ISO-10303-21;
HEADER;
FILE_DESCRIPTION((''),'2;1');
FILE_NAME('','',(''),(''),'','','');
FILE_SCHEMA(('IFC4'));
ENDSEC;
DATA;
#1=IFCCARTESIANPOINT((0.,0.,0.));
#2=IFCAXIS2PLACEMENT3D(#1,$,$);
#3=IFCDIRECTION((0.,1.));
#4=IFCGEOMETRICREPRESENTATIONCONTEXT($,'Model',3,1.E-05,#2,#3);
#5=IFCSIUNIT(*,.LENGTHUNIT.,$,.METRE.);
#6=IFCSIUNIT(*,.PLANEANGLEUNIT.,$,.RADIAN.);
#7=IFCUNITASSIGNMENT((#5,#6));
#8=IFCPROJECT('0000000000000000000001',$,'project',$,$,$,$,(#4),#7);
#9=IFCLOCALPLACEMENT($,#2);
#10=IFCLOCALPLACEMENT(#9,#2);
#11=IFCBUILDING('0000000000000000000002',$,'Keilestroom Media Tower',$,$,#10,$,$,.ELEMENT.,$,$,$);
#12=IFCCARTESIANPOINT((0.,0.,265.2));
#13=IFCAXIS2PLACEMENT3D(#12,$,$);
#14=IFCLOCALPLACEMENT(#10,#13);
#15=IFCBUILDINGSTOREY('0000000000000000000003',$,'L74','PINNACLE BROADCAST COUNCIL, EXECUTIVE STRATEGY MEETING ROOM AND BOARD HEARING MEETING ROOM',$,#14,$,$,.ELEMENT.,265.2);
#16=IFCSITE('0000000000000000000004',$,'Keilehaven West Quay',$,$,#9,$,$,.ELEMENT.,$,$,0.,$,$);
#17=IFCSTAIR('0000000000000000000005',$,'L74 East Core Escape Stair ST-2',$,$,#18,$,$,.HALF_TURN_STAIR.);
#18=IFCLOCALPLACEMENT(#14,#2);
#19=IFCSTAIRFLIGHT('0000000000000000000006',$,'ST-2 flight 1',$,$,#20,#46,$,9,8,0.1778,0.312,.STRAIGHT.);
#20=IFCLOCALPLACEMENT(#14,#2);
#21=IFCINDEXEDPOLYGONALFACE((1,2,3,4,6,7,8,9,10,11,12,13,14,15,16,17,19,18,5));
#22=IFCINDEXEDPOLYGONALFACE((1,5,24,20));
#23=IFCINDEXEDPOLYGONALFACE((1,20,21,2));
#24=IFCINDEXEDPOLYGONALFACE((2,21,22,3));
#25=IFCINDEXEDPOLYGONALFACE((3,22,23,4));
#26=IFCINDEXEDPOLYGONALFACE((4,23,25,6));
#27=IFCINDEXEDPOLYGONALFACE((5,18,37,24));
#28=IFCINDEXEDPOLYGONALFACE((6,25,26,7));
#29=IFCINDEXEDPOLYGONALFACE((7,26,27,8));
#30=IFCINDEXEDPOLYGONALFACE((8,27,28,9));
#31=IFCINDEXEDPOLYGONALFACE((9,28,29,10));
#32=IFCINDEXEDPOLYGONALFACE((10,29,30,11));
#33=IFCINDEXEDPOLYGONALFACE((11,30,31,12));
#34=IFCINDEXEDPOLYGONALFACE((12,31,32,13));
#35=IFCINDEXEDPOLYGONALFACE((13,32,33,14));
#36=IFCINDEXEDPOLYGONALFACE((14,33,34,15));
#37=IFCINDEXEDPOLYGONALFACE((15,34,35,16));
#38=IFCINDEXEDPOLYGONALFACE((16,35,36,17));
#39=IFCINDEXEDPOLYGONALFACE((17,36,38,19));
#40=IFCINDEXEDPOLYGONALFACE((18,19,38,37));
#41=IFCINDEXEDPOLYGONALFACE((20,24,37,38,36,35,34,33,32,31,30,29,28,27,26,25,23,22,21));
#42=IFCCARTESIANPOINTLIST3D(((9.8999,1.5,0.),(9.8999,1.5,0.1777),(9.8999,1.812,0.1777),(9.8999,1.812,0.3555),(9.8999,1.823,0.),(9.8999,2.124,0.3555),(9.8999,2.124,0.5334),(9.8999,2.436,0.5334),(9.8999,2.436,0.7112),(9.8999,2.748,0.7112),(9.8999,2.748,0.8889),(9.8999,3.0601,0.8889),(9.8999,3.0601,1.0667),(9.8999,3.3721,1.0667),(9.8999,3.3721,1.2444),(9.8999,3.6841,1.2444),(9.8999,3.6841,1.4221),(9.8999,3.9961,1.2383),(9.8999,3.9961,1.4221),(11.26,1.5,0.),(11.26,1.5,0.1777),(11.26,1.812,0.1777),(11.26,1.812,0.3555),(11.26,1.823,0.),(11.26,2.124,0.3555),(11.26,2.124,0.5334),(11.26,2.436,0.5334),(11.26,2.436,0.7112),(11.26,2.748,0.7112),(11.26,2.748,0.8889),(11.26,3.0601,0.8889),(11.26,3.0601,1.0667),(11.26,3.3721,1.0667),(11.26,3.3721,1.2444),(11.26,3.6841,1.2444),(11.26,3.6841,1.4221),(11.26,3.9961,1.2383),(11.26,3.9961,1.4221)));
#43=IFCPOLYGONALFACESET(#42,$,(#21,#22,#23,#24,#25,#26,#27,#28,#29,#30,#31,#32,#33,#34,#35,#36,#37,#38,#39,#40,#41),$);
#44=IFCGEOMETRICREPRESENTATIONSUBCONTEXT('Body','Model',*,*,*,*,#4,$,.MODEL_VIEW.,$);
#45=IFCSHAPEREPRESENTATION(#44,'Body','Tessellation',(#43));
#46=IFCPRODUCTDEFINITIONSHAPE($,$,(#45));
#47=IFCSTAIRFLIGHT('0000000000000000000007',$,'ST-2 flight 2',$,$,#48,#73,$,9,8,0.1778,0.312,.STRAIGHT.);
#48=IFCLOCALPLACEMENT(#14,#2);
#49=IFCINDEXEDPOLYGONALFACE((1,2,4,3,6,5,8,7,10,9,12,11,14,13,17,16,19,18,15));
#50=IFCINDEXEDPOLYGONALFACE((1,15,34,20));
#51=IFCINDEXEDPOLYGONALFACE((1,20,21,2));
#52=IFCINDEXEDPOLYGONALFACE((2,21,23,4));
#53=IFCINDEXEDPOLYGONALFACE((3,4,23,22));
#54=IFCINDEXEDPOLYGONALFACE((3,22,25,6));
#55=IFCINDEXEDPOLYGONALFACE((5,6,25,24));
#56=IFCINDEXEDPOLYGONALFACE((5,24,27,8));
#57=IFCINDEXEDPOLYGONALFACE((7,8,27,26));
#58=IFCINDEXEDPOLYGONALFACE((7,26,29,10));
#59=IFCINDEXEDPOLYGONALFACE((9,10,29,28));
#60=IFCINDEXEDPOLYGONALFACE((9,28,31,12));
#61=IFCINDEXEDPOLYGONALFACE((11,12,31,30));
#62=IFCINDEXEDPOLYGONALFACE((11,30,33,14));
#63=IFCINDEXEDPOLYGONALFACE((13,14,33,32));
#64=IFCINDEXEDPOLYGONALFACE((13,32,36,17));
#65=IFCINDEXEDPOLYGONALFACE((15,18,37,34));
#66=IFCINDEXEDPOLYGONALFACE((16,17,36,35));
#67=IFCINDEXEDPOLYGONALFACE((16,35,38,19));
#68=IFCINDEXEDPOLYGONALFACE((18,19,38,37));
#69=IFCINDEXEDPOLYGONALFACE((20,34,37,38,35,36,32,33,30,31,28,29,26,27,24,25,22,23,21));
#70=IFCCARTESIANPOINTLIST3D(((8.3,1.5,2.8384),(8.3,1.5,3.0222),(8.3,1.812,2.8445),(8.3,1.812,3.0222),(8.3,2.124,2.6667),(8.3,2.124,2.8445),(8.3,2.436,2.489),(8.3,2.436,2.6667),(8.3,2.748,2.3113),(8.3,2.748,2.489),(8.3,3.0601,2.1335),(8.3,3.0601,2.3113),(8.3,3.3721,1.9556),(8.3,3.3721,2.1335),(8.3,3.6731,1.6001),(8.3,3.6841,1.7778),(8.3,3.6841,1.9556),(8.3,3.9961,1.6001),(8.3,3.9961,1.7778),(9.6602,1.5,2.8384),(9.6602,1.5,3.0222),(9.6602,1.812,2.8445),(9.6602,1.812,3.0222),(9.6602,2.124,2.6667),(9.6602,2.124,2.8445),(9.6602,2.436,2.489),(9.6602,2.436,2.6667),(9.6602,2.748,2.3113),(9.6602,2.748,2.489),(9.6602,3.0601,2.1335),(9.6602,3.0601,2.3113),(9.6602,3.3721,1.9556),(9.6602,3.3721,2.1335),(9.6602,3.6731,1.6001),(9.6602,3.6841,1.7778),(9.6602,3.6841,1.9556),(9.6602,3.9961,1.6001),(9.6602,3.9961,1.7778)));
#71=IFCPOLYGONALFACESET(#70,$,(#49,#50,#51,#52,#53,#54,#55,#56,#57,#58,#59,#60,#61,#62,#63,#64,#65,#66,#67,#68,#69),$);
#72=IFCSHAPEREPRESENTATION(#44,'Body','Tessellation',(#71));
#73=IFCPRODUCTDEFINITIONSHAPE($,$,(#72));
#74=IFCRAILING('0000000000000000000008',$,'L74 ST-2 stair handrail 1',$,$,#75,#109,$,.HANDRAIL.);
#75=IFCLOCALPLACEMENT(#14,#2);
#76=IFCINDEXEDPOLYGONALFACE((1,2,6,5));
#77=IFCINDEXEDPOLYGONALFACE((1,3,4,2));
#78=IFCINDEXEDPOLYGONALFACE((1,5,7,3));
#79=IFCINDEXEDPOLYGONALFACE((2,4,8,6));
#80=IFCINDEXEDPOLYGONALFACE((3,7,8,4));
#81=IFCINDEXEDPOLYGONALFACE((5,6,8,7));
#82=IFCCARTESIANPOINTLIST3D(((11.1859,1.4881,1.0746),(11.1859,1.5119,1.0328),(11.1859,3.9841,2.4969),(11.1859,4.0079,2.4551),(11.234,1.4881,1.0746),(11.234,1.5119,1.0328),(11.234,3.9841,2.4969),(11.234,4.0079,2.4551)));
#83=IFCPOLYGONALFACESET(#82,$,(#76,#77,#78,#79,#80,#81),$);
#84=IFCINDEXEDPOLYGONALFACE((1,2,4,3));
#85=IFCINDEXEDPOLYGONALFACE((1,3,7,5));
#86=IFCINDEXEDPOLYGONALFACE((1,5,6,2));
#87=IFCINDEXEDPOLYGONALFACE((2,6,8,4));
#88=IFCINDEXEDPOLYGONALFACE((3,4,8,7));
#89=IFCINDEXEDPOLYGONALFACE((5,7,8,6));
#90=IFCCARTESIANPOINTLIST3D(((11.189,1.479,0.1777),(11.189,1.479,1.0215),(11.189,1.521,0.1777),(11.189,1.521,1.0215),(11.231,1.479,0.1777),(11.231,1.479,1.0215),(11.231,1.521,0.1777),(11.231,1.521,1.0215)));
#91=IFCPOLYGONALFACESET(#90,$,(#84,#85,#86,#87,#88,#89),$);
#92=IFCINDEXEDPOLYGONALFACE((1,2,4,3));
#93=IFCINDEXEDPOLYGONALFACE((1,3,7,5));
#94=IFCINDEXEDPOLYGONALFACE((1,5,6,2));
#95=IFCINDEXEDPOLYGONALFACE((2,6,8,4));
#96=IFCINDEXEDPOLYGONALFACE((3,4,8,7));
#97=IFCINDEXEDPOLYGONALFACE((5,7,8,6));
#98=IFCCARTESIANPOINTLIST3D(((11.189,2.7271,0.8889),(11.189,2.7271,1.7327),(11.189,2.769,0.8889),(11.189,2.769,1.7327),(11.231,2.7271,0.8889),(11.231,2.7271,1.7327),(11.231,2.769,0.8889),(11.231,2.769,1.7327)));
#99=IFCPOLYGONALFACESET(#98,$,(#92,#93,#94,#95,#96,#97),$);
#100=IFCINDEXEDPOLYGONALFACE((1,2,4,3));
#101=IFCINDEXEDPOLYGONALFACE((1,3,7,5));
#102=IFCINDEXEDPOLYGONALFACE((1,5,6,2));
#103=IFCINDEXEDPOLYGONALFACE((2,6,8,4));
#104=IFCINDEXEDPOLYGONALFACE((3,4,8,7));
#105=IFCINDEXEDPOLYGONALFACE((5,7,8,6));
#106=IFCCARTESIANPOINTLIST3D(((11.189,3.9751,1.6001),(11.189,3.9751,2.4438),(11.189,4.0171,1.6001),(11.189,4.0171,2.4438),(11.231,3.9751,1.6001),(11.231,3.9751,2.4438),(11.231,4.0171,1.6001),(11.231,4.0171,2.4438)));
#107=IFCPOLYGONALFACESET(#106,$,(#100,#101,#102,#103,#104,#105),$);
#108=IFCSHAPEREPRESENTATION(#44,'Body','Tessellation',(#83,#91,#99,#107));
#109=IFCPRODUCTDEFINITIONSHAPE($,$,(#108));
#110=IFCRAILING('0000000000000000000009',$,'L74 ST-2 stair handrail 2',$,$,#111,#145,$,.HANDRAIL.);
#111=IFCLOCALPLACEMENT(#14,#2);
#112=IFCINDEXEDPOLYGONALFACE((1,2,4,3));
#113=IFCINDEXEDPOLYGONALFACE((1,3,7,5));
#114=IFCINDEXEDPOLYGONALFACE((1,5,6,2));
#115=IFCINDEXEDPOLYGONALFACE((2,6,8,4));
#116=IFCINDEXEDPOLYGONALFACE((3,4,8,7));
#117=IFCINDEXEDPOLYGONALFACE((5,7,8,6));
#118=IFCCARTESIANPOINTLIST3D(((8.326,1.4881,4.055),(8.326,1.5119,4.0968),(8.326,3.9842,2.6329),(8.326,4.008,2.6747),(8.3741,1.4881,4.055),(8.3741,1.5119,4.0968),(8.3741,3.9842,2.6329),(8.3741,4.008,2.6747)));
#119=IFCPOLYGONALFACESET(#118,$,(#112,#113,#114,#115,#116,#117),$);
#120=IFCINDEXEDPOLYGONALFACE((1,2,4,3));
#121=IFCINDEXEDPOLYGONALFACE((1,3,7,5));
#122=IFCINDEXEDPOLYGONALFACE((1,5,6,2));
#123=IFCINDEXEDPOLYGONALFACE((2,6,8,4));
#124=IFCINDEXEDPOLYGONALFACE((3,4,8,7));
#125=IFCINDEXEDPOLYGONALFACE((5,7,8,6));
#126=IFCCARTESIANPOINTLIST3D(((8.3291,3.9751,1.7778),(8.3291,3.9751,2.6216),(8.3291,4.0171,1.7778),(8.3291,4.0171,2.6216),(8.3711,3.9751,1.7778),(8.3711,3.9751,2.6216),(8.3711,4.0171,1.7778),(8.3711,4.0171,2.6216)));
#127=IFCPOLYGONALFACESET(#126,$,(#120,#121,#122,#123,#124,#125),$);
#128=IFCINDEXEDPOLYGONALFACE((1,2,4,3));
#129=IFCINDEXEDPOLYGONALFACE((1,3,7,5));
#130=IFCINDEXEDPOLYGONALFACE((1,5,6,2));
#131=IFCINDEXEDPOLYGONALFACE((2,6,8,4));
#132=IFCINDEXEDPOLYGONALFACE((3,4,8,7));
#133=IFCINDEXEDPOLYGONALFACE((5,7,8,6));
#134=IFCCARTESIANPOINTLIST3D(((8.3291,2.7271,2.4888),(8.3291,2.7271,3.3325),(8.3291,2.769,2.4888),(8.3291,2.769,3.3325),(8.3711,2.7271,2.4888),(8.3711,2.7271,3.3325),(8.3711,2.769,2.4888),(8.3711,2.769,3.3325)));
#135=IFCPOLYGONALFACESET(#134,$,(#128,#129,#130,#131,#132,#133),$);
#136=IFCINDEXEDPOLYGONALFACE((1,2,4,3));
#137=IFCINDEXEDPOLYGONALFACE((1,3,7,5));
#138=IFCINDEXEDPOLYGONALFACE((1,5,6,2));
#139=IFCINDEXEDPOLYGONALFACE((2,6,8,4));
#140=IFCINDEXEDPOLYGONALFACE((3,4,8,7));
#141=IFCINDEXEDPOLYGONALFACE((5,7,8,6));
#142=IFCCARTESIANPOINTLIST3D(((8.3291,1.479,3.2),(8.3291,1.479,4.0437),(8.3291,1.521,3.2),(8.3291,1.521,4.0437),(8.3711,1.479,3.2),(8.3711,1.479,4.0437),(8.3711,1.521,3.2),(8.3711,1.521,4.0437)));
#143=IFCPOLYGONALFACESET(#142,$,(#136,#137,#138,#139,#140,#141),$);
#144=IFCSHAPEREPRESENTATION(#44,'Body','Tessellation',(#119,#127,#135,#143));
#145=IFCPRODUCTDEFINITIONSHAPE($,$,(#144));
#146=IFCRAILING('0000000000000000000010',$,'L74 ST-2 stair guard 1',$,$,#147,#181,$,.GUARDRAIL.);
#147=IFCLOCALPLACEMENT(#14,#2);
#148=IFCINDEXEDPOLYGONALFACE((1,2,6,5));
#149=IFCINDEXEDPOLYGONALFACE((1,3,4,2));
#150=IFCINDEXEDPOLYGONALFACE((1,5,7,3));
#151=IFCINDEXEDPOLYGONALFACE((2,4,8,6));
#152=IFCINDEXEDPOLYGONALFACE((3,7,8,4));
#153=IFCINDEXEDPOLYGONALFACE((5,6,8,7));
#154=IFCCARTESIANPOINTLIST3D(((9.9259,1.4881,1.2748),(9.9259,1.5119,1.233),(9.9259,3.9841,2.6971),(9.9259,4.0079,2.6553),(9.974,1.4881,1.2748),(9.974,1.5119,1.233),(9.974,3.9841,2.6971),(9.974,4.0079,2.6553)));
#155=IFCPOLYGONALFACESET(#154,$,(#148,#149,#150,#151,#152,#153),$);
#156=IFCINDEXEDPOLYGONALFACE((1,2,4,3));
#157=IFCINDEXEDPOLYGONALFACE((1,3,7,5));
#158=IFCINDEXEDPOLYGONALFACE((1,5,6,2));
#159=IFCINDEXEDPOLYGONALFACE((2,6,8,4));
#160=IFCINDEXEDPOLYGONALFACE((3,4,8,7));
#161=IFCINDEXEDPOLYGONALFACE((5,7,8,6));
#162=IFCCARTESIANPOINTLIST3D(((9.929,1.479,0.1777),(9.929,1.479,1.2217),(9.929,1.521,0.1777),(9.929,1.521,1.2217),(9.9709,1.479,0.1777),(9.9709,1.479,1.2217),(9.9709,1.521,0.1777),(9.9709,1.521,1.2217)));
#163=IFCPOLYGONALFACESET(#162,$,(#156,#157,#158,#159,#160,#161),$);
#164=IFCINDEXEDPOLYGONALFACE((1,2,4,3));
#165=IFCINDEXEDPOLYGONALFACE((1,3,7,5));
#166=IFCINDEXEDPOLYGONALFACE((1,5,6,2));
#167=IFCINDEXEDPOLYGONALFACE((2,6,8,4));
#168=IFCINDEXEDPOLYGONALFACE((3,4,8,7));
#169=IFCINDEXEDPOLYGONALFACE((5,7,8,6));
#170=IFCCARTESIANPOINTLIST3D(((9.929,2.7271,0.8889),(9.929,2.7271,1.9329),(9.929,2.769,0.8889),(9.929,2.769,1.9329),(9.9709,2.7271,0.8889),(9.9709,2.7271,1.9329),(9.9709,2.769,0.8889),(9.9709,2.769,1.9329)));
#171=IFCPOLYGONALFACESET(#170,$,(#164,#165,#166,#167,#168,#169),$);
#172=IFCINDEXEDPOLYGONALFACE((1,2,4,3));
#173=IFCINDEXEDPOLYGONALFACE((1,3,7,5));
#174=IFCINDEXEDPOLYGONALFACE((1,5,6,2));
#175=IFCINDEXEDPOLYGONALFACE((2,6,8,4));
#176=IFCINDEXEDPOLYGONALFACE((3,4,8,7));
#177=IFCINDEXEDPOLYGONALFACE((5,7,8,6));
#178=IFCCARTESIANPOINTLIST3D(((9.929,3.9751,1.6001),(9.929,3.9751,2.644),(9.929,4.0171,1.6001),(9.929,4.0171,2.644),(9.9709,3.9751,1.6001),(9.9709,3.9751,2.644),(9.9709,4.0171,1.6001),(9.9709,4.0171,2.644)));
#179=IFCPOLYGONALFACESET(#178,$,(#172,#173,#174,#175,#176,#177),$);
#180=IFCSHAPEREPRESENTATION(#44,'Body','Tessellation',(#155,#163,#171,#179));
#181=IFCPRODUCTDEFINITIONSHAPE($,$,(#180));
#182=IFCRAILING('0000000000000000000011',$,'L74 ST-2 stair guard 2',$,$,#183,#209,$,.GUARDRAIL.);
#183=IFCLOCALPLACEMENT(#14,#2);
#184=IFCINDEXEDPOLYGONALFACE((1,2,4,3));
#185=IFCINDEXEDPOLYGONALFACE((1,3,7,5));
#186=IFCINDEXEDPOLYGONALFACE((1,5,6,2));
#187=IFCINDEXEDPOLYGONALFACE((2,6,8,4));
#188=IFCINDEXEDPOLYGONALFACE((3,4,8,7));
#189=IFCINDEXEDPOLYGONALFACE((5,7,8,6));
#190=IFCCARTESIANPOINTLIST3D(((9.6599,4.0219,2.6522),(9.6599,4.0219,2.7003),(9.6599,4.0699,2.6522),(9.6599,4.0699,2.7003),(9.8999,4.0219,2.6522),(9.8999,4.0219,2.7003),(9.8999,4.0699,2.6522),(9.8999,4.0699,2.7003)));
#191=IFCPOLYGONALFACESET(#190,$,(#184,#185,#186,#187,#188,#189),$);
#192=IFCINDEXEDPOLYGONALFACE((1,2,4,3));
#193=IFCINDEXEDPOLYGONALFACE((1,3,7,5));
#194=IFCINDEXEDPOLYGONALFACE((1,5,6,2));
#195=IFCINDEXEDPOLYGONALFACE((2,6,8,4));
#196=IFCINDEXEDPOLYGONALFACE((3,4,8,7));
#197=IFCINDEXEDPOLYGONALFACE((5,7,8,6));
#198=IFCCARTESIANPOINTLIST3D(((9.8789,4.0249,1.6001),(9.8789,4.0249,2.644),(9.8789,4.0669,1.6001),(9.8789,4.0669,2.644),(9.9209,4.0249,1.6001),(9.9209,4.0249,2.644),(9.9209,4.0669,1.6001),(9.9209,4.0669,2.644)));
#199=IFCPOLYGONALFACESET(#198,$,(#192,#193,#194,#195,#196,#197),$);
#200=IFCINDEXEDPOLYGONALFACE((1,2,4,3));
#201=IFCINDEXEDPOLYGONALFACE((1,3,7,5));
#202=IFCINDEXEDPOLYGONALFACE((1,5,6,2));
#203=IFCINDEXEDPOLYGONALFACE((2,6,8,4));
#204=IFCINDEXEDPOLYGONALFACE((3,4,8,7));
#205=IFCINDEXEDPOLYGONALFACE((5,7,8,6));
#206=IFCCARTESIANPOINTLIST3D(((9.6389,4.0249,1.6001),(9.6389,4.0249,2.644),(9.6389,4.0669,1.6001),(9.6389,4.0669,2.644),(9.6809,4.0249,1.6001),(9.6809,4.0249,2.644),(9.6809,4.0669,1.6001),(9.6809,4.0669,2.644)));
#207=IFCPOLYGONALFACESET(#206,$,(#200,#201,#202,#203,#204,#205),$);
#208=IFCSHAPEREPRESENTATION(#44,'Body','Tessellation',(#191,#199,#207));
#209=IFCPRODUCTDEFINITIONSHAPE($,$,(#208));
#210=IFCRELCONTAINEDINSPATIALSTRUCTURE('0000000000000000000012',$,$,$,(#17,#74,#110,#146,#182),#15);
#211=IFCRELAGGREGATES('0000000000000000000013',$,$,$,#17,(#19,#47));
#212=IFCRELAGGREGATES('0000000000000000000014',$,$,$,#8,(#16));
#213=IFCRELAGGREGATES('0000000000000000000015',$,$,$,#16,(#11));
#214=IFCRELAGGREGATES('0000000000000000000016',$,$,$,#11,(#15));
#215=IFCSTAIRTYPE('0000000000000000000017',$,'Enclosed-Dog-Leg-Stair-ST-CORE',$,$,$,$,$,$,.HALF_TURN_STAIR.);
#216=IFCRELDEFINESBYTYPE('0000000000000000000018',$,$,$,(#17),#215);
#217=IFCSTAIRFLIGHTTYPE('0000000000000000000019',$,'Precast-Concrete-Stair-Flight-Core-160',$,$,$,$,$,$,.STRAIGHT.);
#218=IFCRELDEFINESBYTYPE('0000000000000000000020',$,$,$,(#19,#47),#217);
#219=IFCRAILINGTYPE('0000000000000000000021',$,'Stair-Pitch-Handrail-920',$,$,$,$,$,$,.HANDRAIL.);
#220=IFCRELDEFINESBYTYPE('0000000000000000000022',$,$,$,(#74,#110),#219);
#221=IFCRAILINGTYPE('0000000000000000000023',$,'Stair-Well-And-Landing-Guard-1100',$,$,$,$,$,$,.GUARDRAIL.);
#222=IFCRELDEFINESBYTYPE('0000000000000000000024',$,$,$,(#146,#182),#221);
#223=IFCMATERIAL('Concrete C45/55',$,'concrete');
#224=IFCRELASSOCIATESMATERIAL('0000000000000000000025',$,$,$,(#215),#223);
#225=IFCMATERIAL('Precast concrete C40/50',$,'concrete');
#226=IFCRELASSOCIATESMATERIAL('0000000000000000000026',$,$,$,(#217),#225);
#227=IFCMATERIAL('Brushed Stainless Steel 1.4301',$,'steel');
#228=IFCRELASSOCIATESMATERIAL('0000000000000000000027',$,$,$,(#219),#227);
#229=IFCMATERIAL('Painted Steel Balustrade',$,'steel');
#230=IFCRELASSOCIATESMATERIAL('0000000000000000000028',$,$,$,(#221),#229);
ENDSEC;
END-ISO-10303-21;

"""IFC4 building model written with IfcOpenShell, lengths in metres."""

from ifc_helpers import new_model, si_unit, direction, frame, origin, origin_2d, place, context, subcontext, project, spatial, polyline, rectangle, outline, extrude, material, type_object, element, aggregate, save


model = new_model("IFC4")

# Units and contexts
model_context = context("Model", 3, precision=1e-05, world=origin(), true_north=direction((0.0, 1.0)))
body_context = subcontext(model_context, "Body", "Model", "MODEL_VIEW")
ifc_project = project(units=[si_unit("LENGTHUNIT", "METRE"), si_unit("PLANEANGLEUNIT", "RADIAN")], contexts=[model_context])

# Site, building, storey
site_placement = place(None, origin())
site = spatial("IfcSite", under=ifc_project, at=site_placement, Name="Keilehaven West Quay", CompositionType="ELEMENT", RefElevation=0.0)
building_placement = place(site_placement, origin())
building = spatial("IfcBuilding", under=site, at=building_placement, Name="Keilestroom Media Tower", CompositionType="ELEMENT")
storey_placement = place(building_placement, frame((0.0, 0.0, 265.2)))
storey = spatial("IfcBuildingStorey", under=building, at=storey_placement, Name="L74", Description="PINNACLE BROADCAST COUNCIL, EXECUTIVE STRATEGY MEETING ROOM AND BOARD HEARING MEETING ROOM", CompositionType="ELEMENT", Elevation=265.2)

# Shared definitions
ifc_material_1 = material(Name="Precast concrete C40/50", Category="concrete")

# Stair
ifc_material_2 = material(Name="Concrete C45/55", Category="concrete")
stair_type = type_object("IfcStairType", Name="Enclosed-Dog-Leg-Stair-ST-CORE", PredefinedType="HALF_TURN_STAIR", material=ifc_material_2)
stair_1_placement = place(storey_placement, origin())
stair_1 = element("IfcStair", 1, at=stair_1_placement, inside=storey, type_object=stair_type, Name="L74 East Core Escape Stair ST-2", PredefinedType="HALF_TURN_STAIR")

# Stair flights
stair_flight_type = type_object("IfcStairFlightType", Name="Precast-Concrete-Stair-Flight-Core-160", PredefinedType="STRAIGHT", material=ifc_material_1)
stair_flight_1_placement = place(storey_placement, frame((10.5801, 1.5, 0.0), z_axis=(0.0, 0.0, 1.0), x_axis=(0.0, 1.0, 0.0)))
stair_flight_1 = element("IfcStairFlight", 2, at=stair_flight_1_placement, type_object=stair_flight_type, Name="ST-2 flight 1", NumberOfRisers=9, NumberOfTreads=8, PredefinedType="STRAIGHT", RiserHeight=0.1778, TreadLength=0.312, context=body_context, shape_type="SweptSolid", body=[
    extrude(outline(polyline([(0.0, 0.0), (0.0, 0.1777), (0.312, 0.1777), (0.312, 0.3555), (0.624, 0.3555), (0.624, 0.5334), (0.936, 0.5334), (0.936, 0.7112), (1.248, 0.7112), (1.248, 0.8889), (1.5601, 0.8889), (1.5601, 1.0667), (1.8721, 1.0667), (1.8721, 1.2444), (2.1841, 1.2444), (2.1841, 1.4221), (2.4961, 1.4221), (2.4961, 1.6001), (2.4961, 1.2383), (0.323, 0.0), (0.0, 0.0)])), frame((0.0, 0.6802, 0.0), z_axis=(0.0, -1.0, 0.0), x_axis=(1.0, 0.0, 0.0)), (0.0, 0.0, 1.0), 1.3601),
])
stair_flight_2_placement = place(storey_placement, frame((8.98, 3.9961, 1.6001), z_axis=(0.0, 0.0, 1.0), x_axis=(0.0, -1.0, 0.0)))
stair_flight_2 = element("IfcStairFlight", 3, at=stair_flight_2_placement, type_object=stair_flight_type, Name="ST-2 flight 2", NumberOfRisers=9, NumberOfTreads=8, PredefinedType="STRAIGHT", RiserHeight=0.1778, TreadLength=0.312, context=body_context, shape_type="SweptSolid", body=[
    extrude(outline(polyline([(0.0, 0.0), (0.0, 0.1777), (0.312, 0.1777), (0.312, 0.3555), (0.624, 0.3555), (0.624, 0.5334), (0.936, 0.5334), (0.936, 0.7112), (1.248, 0.7112), (1.248, 0.8889), (1.5601, 0.8889), (1.5601, 1.0667), (1.8721, 1.0667), (1.8721, 1.2444), (2.1841, 1.2444), (2.1841, 1.4221), (2.4961, 1.4221), (2.4961, 1.6001), (2.4961, 1.2383), (0.323, 0.0), (0.0, 0.0)])), frame((0.0, 0.6802, 0.0), z_axis=(0.0, -1.0, 0.0), x_axis=(1.0, 0.0, 0.0)), (0.0, 0.0, 1.0), 1.3601),
])
aggregate(stair_1, [stair_flight_1, stair_flight_2])

# Railings
ifc_material_3 = material(Name="Brushed Stainless Steel 1.4301", Category="steel")
railing_type_1 = type_object("IfcRailingType", Name="Stair-Pitch-Handrail-920", PredefinedType="HANDRAIL", material=ifc_material_3)
railing_1_placement = place(storey_placement, frame((11.21, 1.5, 0.1777)))
element("IfcRailing", 4, at=railing_1_placement, inside=storey, type_object=railing_type_1, Name="L74 ST-2 stair handrail 1", PredefinedType="HANDRAIL", context=body_context, shape_type="SweptSolid", body=[
    extrude(rectangle(XDim=0.0481, YDim=0.0481, at=origin_2d()), frame((0.0, 0.0, 0.876), z_axis=(0.0, 0.868839, 0.495095), x_axis=(-1.0, 0.0, 0.0)), (0.0, 0.0, 1.0), 2.8728),
    extrude(rectangle(XDim=0.042, YDim=0.042, at=origin_2d()), origin(), (0.0, 0.0, 1.0), 0.8438),
    extrude(rectangle(XDim=0.042, YDim=0.042, at=origin_2d()), frame((0.0, 1.248, 0.7112)), (0.0, 0.0, 1.0), 0.8438),
    extrude(rectangle(XDim=0.042, YDim=0.042, at=origin_2d()), frame((0.0, 2.4961, 1.4224)), (0.0, 0.0, 1.0), 0.8438),
])
railing_2_placement = place(storey_placement, frame((8.3501, 3.9961, 1.7778)))
element("IfcRailing", 5, at=railing_2_placement, inside=storey, type_object=railing_type_1, Name="L74 ST-2 stair handrail 2", PredefinedType="HANDRAIL", context=body_context, shape_type="SweptSolid", body=[
    extrude(rectangle(XDim=0.0481, YDim=0.0481, at=origin_2d()), frame((0.0, 0.0, 0.876), z_axis=(0.0, -0.868875, 0.495031), x_axis=(1.0, 0.0, 0.0)), (0.0, 0.0, 1.0), 2.8728),
    extrude(rectangle(XDim=0.042, YDim=0.042, at=origin_2d()), origin(), (0.0, 0.0, 1.0), 0.8438),
    extrude(rectangle(XDim=0.042, YDim=0.042, at=origin_2d()), frame((0.0, -1.248, 0.7109)), (0.0, 0.0, 1.0), 0.8438),
    extrude(rectangle(XDim=0.042, YDim=0.042, at=origin_2d()), frame((0.0, -2.4961, 1.4221)), (0.0, 0.0, 1.0), 0.8438),
])
ifc_material_4 = material(Name="Painted Steel Balustrade", Category="steel")
railing_type_2 = type_object("IfcRailingType", Name="Stair-Well-And-Landing-Guard-1100", PredefinedType="GUARDRAIL", material=ifc_material_4)
railing_3_placement = place(storey_placement, frame((9.95, 1.5, 0.1777)))
element("IfcRailing", 6, at=railing_3_placement, inside=storey, type_object=railing_type_2, Name="L74 ST-2 stair guard 1", PredefinedType="GUARDRAIL", context=body_context, shape_type="SweptSolid", body=[
    extrude(rectangle(XDim=0.0481, YDim=0.0481, at=origin_2d()), frame((0.0, 0.0, 1.0762), z_axis=(0.0, 0.868839, 0.495095), x_axis=(-1.0, 0.0, 0.0)), (0.0, 0.0, 1.0), 2.8728),
    extrude(rectangle(XDim=0.042, YDim=0.042, at=origin_2d()), origin(), (0.0, 0.0, 1.0), 1.0439),
    extrude(rectangle(XDim=0.042, YDim=0.042, at=origin_2d()), frame((0.0, 1.248, 0.7112)), (0.0, 0.0, 1.0), 1.0439),
    extrude(rectangle(XDim=0.042, YDim=0.042, at=origin_2d()), frame((0.0, 2.4961, 1.4224)), (0.0, 0.0, 1.0), 1.0439),
])
railing_4_placement = place(storey_placement, frame((9.8999, 4.0459, 1.6001)))
element("IfcRailing", 7, at=railing_4_placement, inside=storey, type_object=railing_type_2, Name="L74 ST-2 stair guard 2", PredefinedType="GUARDRAIL", context=body_context, shape_type="SweptSolid", body=[
    extrude(rectangle(XDim=0.0481, YDim=0.0481, at=origin_2d()), frame((0.0, 0.0, 1.0762), z_axis=(-1.0, 0.0, 0.0), x_axis=(0.0, -1.0, 0.0)), (0.0, 0.0, 1.0), 0.24),
    extrude(rectangle(XDim=0.042, YDim=0.042, at=origin_2d()), origin(), (0.0, 0.0, 1.0), 1.0439),
    extrude(rectangle(XDim=0.042, YDim=0.042, at=origin_2d()), frame((-0.24, 0.0, 0.0)), (0.0, 0.0, 1.0), 1.0439),
])

save(model, "model.ifc")
